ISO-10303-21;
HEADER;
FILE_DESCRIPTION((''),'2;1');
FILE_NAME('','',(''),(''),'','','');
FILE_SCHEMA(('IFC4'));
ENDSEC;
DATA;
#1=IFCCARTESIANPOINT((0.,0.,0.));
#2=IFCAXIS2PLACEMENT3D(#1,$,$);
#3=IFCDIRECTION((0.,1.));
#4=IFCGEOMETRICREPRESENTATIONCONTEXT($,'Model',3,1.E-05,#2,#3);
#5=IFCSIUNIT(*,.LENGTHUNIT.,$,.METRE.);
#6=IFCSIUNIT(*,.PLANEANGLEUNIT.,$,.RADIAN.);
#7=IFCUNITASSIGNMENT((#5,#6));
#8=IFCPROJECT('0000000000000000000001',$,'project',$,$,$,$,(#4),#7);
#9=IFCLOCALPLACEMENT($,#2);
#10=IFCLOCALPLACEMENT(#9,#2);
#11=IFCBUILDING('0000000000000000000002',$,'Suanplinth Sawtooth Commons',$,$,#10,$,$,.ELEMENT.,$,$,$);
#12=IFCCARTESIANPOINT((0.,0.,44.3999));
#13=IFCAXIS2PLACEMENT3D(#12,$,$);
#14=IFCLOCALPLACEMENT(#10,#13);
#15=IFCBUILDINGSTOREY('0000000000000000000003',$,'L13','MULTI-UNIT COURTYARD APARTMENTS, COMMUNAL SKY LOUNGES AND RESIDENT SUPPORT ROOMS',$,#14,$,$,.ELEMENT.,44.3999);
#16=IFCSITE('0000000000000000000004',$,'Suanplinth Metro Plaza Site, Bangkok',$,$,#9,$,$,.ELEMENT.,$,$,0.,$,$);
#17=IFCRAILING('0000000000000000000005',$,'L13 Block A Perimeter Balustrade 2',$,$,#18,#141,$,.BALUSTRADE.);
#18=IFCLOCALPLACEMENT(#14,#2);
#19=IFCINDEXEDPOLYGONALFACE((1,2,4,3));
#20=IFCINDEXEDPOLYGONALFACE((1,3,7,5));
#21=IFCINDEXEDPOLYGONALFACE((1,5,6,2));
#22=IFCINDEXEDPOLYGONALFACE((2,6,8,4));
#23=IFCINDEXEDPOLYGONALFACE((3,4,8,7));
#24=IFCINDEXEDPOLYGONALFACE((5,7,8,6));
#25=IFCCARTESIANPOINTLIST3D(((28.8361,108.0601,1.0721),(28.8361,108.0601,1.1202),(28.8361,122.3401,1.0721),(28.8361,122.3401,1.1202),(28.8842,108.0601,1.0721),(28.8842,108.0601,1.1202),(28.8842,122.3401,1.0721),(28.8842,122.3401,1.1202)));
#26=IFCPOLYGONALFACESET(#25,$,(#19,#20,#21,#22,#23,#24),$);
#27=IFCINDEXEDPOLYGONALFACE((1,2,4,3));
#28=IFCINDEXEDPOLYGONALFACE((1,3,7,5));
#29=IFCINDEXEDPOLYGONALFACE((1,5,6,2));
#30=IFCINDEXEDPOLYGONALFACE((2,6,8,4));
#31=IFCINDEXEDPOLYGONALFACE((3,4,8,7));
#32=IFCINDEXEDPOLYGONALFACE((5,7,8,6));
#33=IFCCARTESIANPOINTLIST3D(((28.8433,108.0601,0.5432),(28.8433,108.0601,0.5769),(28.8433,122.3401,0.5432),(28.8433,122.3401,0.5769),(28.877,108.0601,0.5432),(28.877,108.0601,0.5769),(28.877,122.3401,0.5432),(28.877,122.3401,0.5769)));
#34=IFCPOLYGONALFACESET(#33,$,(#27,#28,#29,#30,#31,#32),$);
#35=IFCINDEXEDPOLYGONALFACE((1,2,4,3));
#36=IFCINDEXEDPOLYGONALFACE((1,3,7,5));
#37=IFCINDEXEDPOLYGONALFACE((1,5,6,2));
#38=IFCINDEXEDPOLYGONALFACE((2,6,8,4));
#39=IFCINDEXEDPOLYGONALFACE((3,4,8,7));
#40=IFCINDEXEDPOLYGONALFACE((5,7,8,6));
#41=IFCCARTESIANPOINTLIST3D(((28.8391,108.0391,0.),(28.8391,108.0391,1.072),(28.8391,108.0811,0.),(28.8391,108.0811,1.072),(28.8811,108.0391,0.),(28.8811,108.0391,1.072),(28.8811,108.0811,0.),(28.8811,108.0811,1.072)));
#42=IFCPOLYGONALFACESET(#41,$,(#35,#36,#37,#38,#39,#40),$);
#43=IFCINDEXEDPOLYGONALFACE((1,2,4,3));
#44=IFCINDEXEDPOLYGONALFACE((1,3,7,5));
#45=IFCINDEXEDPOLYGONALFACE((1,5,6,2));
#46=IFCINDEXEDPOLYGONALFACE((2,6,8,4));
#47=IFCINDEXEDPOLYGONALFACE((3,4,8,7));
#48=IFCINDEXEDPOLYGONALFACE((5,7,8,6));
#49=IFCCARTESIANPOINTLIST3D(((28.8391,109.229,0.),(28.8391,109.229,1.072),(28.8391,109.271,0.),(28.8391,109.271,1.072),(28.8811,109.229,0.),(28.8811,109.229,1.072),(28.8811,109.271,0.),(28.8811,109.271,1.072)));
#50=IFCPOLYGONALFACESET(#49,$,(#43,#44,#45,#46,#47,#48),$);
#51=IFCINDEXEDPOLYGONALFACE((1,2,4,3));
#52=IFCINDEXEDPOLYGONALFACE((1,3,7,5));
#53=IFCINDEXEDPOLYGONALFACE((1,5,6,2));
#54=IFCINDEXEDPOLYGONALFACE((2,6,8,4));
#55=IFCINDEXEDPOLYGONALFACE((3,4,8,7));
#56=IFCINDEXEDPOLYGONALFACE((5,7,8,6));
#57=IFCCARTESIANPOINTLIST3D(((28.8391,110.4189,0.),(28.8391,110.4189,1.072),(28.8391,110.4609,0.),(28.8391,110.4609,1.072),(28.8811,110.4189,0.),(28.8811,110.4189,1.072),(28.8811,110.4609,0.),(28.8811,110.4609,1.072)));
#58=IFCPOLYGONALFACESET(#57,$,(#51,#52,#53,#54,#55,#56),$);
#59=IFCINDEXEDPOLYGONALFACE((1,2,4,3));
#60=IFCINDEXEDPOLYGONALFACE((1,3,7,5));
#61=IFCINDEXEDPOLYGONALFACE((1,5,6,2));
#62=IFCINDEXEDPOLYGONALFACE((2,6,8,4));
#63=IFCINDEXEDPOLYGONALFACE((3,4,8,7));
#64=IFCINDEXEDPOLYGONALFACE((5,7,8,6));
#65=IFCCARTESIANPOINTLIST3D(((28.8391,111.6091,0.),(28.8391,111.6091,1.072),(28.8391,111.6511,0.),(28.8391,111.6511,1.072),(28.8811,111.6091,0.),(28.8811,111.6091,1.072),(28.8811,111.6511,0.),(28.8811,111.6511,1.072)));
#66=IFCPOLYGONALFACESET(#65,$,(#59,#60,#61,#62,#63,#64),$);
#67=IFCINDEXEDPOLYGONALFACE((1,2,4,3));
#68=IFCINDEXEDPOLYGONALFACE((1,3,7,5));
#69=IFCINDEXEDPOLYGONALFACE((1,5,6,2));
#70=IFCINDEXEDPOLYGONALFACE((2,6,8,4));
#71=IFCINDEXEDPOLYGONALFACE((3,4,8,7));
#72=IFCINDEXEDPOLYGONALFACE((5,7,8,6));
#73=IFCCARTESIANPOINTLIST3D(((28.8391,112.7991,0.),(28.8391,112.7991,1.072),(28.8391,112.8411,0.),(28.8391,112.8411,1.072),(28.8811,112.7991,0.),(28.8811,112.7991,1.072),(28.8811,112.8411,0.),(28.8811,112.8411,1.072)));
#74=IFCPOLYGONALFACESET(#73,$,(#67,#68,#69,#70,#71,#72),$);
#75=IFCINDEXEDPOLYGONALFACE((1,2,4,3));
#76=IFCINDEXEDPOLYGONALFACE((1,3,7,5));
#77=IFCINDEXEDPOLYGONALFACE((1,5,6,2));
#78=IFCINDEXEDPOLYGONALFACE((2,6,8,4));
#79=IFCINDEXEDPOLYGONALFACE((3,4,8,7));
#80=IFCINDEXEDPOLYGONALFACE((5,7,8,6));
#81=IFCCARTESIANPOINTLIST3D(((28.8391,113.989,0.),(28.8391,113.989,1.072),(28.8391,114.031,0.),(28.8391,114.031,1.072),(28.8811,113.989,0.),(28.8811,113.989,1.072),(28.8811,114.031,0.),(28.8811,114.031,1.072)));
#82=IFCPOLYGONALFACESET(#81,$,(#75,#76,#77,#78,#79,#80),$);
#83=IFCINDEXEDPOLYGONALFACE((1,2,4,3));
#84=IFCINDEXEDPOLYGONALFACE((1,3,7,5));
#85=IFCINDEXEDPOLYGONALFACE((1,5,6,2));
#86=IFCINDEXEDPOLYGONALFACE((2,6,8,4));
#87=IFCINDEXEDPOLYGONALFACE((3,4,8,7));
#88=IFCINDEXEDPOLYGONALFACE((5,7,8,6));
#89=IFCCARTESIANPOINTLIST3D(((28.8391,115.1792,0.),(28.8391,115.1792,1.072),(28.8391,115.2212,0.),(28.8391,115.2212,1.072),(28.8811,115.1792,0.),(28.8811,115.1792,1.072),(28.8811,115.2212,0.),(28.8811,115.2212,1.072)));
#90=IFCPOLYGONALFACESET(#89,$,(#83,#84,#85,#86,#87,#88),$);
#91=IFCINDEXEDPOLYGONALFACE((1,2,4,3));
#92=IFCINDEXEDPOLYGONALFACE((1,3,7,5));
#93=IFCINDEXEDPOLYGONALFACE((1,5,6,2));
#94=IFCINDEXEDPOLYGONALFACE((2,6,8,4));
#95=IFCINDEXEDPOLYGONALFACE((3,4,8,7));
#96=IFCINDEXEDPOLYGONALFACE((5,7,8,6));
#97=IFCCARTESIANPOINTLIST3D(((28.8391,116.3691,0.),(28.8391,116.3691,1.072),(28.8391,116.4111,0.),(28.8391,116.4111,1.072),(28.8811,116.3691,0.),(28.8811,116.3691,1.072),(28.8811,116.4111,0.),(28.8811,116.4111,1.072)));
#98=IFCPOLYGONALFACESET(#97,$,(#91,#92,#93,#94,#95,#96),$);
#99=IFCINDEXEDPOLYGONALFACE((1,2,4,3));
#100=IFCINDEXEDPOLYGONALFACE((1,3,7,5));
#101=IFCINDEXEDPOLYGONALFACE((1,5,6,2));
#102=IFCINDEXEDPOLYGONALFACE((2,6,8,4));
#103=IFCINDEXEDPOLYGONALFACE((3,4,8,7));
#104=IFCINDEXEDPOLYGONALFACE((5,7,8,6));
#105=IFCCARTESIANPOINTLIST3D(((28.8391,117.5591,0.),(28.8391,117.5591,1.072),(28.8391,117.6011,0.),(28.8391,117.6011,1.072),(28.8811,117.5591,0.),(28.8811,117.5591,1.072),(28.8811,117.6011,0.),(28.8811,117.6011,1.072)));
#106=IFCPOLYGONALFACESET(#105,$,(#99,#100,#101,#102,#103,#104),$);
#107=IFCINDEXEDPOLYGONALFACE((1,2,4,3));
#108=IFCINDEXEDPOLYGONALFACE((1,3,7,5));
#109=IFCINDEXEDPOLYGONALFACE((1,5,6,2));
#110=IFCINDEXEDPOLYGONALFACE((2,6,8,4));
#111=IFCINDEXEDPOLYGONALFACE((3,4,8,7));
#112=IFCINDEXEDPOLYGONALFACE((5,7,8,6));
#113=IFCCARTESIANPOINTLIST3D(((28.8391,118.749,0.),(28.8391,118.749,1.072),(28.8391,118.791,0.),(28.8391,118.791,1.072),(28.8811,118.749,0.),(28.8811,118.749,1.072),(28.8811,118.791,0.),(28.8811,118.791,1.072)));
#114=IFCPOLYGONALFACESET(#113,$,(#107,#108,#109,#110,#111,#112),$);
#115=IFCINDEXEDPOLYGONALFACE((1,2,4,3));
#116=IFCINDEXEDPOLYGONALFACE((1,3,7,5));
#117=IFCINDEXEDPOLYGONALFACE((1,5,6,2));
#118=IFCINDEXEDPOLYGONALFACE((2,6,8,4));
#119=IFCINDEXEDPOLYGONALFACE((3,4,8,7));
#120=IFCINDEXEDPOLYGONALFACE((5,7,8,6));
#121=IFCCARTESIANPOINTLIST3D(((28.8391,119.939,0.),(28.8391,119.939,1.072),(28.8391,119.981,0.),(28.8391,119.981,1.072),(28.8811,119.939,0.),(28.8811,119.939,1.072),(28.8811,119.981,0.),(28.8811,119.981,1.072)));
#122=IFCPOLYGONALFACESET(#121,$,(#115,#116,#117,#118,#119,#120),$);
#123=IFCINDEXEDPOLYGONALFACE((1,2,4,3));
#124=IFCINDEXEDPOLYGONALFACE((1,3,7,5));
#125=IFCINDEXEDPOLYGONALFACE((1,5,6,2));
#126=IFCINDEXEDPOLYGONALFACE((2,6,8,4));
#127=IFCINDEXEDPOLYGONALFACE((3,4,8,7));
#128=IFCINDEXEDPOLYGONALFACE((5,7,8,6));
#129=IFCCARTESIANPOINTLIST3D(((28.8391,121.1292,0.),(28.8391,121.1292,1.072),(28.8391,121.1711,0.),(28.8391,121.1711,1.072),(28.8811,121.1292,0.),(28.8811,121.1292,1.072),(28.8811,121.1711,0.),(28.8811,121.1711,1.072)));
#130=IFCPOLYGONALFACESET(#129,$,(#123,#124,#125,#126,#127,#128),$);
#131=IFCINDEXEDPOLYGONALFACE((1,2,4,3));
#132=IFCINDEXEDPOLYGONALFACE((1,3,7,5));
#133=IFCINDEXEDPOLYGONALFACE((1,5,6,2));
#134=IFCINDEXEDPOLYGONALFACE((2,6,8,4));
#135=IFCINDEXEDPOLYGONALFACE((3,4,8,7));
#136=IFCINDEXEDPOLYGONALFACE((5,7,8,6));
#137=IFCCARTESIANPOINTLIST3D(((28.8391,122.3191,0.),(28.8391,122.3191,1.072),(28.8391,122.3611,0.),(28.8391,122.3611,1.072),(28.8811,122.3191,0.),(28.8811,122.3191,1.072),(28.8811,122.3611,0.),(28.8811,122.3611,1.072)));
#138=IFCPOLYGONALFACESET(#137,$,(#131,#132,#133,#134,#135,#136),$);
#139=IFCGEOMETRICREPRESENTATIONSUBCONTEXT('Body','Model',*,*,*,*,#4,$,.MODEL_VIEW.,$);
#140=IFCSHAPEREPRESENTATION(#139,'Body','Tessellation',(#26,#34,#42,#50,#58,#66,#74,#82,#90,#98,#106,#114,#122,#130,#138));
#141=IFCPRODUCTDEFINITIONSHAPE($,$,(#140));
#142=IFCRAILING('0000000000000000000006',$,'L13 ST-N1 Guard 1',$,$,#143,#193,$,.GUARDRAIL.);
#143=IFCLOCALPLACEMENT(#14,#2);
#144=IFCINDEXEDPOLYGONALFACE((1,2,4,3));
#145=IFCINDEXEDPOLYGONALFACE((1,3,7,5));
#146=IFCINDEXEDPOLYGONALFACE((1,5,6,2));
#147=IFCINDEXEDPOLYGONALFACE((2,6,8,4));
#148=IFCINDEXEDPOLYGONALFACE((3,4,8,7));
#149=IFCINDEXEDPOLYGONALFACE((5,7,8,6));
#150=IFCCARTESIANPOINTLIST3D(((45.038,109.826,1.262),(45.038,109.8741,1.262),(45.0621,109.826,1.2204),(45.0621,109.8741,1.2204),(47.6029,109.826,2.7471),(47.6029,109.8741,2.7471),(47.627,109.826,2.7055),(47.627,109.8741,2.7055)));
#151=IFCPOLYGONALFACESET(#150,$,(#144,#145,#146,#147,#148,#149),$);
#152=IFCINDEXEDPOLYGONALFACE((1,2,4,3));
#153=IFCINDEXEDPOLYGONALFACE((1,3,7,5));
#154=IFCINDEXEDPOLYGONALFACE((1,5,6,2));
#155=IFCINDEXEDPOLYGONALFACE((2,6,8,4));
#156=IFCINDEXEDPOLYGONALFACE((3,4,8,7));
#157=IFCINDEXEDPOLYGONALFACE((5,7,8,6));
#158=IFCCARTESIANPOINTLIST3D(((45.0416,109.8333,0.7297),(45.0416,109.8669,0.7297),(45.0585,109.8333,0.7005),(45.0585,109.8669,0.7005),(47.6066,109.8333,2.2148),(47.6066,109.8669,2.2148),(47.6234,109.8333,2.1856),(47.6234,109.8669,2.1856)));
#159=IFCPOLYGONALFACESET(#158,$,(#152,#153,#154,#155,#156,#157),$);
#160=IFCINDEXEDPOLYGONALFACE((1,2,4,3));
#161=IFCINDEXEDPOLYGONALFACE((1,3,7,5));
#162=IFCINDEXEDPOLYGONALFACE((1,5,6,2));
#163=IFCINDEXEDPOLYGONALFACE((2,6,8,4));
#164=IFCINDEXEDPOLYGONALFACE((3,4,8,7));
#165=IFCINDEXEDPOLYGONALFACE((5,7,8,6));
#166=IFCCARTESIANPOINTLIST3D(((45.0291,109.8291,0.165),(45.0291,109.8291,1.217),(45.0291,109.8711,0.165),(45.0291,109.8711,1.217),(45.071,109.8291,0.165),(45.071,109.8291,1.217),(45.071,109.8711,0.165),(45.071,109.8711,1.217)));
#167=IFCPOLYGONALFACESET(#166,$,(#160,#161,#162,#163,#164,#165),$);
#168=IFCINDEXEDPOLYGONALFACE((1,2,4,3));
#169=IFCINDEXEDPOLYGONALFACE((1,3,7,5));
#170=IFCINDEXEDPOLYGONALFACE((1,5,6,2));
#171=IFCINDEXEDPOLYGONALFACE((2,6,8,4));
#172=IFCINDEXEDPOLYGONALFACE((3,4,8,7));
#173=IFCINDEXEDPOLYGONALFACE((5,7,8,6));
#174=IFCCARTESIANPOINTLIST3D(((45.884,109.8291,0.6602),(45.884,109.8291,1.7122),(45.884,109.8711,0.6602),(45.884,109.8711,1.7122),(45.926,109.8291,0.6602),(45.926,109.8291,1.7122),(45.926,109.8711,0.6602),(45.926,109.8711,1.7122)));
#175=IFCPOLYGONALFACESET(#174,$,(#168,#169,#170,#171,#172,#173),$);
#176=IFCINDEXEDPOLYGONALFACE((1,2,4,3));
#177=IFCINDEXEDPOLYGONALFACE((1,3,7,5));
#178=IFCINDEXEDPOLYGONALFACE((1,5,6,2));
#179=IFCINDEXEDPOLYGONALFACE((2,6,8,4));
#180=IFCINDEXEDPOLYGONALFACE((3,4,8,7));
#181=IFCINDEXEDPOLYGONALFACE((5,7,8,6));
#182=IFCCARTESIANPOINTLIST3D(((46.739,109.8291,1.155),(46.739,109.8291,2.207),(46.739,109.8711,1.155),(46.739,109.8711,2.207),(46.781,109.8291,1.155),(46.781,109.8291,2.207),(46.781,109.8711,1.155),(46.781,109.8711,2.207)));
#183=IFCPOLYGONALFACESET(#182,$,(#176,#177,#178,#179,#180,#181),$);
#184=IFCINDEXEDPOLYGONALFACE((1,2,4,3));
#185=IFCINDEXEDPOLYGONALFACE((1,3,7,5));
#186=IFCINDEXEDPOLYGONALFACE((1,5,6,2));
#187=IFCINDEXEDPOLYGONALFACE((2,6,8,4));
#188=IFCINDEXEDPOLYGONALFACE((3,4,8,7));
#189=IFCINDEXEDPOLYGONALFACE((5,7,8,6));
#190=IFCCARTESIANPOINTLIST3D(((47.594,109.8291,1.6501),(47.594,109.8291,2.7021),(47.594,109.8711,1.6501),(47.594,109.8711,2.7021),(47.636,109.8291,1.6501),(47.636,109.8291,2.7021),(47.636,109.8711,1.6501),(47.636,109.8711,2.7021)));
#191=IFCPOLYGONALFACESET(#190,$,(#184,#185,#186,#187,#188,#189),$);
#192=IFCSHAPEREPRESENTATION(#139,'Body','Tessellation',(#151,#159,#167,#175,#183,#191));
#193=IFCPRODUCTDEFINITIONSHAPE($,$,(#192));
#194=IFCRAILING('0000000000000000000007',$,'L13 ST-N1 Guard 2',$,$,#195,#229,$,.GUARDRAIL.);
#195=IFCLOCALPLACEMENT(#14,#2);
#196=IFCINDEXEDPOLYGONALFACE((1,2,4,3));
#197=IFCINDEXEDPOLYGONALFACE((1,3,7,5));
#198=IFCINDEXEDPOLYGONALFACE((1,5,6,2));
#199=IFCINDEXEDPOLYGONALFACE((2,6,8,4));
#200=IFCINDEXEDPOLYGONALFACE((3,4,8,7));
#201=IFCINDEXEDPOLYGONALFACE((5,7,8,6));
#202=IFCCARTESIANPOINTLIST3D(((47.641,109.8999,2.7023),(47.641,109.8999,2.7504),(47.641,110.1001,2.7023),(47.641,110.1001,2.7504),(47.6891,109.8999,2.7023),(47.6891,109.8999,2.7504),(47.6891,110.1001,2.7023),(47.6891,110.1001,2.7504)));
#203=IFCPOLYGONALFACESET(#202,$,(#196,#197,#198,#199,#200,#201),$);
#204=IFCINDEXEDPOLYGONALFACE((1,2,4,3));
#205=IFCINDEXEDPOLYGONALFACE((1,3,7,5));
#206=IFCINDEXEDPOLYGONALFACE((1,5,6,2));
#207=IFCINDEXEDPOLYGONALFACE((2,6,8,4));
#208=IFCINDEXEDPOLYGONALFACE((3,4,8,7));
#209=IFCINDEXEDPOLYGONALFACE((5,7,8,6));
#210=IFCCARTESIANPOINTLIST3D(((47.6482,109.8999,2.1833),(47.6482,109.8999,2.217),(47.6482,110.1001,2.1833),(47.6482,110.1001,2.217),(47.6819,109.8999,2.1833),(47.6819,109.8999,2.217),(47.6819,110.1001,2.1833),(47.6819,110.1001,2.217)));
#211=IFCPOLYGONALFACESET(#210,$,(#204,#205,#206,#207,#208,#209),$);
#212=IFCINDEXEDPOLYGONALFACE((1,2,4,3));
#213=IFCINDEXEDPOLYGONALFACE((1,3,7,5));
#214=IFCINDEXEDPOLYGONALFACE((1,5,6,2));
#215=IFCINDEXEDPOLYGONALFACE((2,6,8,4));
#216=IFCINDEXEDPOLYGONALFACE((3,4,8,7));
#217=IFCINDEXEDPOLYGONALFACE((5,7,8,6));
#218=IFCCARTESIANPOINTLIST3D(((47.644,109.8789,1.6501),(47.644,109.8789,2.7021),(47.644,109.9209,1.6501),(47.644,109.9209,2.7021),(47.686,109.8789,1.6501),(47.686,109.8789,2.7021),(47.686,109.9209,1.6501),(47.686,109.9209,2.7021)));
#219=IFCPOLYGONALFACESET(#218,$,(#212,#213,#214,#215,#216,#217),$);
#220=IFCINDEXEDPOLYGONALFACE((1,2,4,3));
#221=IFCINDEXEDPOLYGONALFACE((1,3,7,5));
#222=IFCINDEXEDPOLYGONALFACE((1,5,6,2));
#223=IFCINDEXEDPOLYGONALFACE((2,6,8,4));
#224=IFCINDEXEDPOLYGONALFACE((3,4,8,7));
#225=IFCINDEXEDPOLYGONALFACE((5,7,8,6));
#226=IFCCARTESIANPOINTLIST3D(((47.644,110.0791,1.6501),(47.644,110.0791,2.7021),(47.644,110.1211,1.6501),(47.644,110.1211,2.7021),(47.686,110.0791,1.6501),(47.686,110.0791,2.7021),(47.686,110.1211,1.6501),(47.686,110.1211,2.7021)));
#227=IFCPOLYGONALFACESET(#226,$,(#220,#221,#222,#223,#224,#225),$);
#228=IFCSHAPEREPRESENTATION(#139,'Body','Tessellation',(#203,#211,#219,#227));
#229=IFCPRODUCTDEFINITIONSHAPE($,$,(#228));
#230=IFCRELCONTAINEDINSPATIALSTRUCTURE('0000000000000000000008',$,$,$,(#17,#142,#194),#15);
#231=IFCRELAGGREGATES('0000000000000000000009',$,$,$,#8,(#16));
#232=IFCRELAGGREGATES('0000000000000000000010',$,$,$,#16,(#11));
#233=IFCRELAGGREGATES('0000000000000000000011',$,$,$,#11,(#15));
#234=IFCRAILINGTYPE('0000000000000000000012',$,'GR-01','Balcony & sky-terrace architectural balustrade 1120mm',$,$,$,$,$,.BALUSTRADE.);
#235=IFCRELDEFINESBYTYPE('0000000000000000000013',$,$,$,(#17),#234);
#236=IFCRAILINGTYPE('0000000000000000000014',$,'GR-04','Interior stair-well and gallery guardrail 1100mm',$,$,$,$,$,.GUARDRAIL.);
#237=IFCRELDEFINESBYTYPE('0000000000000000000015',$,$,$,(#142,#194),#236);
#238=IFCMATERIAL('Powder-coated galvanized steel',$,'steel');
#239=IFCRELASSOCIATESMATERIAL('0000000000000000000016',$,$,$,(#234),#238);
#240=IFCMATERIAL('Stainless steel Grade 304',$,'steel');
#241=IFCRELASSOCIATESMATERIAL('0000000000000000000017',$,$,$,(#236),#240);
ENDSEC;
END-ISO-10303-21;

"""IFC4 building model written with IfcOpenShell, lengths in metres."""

from ifc_helpers import new_model, si_unit, direction, frame, origin, origin_2d, place, context, subcontext, project, spatial, rectangle, extrude, material, type_object, element, save


model = new_model("IFC4")

# Units and contexts
model_context = context("Model", 3, precision=1e-05, world=origin(), true_north=direction((0.0, 1.0)))
body_context = subcontext(model_context, "Body", "Model", "MODEL_VIEW")
ifc_project = project(units=[si_unit("LENGTHUNIT", "METRE"), si_unit("PLANEANGLEUNIT", "RADIAN")], contexts=[model_context])

# Site, building, storey
site_placement = place(None, origin())
site = spatial("IfcSite", under=ifc_project, at=site_placement, Name="Suanplinth Metro Plaza Site, Bangkok", CompositionType="ELEMENT", RefElevation=0.0)
building_placement = place(site_placement, origin())
building = spatial("IfcBuilding", under=site, at=building_placement, Name="Suanplinth Sawtooth Commons", CompositionType="ELEMENT")
storey_placement = place(building_placement, frame((0.0, 0.0, 44.3999)))
storey = spatial("IfcBuildingStorey", under=building, at=storey_placement, Name="L13", Description="MULTI-UNIT COURTYARD APARTMENTS, COMMUNAL SKY LOUNGES AND RESIDENT SUPPORT ROOMS", CompositionType="ELEMENT", Elevation=44.3999)

# Railings
ifc_material_1 = material(Name="Powder-coated galvanized steel", Category="steel")
railing_type_1 = type_object("IfcRailingType", Name="GR-01", Description="Balcony & sky-terrace architectural balustrade 1120mm", PredefinedType="BALUSTRADE", material=ifc_material_1)
railing_1_placement = place(storey_placement, frame((28.8601, 108.0601, 0.0)))
element("IfcRailing", 1, at=railing_1_placement, inside=storey, type_object=railing_type_1, Name="L13 Block A Perimeter Balustrade 2", PredefinedType="BALUSTRADE", context=body_context, shape_type="SweptSolid", body=[
    extrude(rectangle(XDim=0.0481, YDim=0.0481, at=origin_2d()), frame((0.0, 0.0, 1.0962), z_axis=(0.0, 1.0, 0.0), x_axis=(-1.0, 0.0, 0.0)), (0.0, 0.0, 1.0), 14.28),
    extrude(rectangle(XDim=0.0337, YDim=0.0337, at=origin_2d()), frame((0.0, 0.0, 0.5601), z_axis=(0.0, 1.0, 0.0), x_axis=(-1.0, 0.0, 0.0)), (0.0, 0.0, 1.0), 14.28),
    extrude(rectangle(XDim=0.042, YDim=0.042, at=origin_2d()), origin(), (0.0, 0.0, 1.0), 1.072),
    extrude(rectangle(XDim=0.042, YDim=0.042, at=origin_2d()), frame((0.0, 1.1899, 0.0)), (0.0, 0.0, 1.0), 1.072),
    extrude(rectangle(XDim=0.042, YDim=0.042, at=origin_2d()), frame((0.0, 2.3799, 0.0)), (0.0, 0.0, 1.0), 1.072),
    extrude(rectangle(XDim=0.042, YDim=0.042, at=origin_2d()), frame((0.0, 3.5701, 0.0)), (0.0, 0.0, 1.0), 1.072),
    extrude(rectangle(XDim=0.042, YDim=0.042, at=origin_2d()), frame((0.0, 4.76, 0.0)), (0.0, 0.0, 1.0), 1.072),
    extrude(rectangle(XDim=0.042, YDim=0.042, at=origin_2d()), frame((0.0, 5.95, 0.0)), (0.0, 0.0, 1.0), 1.072),
    extrude(rectangle(XDim=0.042, YDim=0.042, at=origin_2d()), frame((0.0, 7.1401, 0.0)), (0.0, 0.0, 1.0), 1.072),
    extrude(rectangle(XDim=0.042, YDim=0.042, at=origin_2d()), frame((0.0, 8.3301, 0.0)), (0.0, 0.0, 1.0), 1.072),
    extrude(rectangle(XDim=0.042, YDim=0.042, at=origin_2d()), frame((0.0, 9.52, 0.0)), (0.0, 0.0, 1.0), 1.072),
    extrude(rectangle(XDim=0.042, YDim=0.042, at=origin_2d()), frame((0.0, 10.71, 0.0)), (0.0, 0.0, 1.0), 1.072),
    extrude(rectangle(XDim=0.042, YDim=0.042, at=origin_2d()), frame((0.0, 11.8999, 0.0)), (0.0, 0.0, 1.0), 1.072),
    extrude(rectangle(XDim=0.042, YDim=0.042, at=origin_2d()), frame((0.0, 13.0901, 0.0)), (0.0, 0.0, 1.0), 1.072),
    extrude(rectangle(XDim=0.042, YDim=0.042, at=origin_2d()), frame((0.0, 14.28, 0.0)), (0.0, 0.0, 1.0), 1.072),
])
ifc_material_2 = material(Name="Stainless steel Grade 304", Category="steel")
railing_type_2 = type_object("IfcRailingType", Name="GR-04", Description="Interior stair-well and gallery guardrail 1100mm", PredefinedType="GUARDRAIL", material=ifc_material_2)
railing_2_placement = place(storey_placement, frame((45.05, 109.8501, 0.165)))
element("IfcRailing", 2, at=railing_2_placement, inside=storey, type_object=railing_type_2, Name="L13 ST-N1 Guard 1", PredefinedType="GUARDRAIL", context=body_context, shape_type="SweptSolid", body=[
    extrude(rectangle(XDim=0.0481, YDim=0.0481, at=origin_2d()), frame((0.0, 0.0, 1.0762), z_axis=(0.865406, 0.0, 0.501072), x_axis=(0.0, 1.0, 0.0)), (0.0, 0.0, 1.0), 2.9639),
    extrude(rectangle(XDim=0.0337, YDim=0.0337, at=origin_2d()), frame((0.0, 0.0, 0.55), z_axis=(0.865406, 0.0, 0.501072), x_axis=(0.0, 1.0, 0.0)), (0.0, 0.0, 1.0), 2.9639),
    extrude(rectangle(XDim=0.042, YDim=0.042, at=origin_2d()), origin(), (0.0, 0.0, 1.0), 1.052),
    extrude(rectangle(XDim=0.042, YDim=0.042, at=origin_2d()), frame((0.855, 0.0, 0.4951)), (0.0, 0.0, 1.0), 1.052),
    extrude(rectangle(XDim=0.042, YDim=0.042, at=origin_2d()), frame((1.71, 0.0, 0.99)), (0.0, 0.0, 1.0), 1.052),
    extrude(rectangle(XDim=0.042, YDim=0.042, at=origin_2d()), frame((2.5649, 0.0, 1.4851)), (0.0, 0.0, 1.0), 1.052),
])
railing_3_placement = place(storey_placement, frame((47.665, 109.8999, 1.6501)))
element("IfcRailing", 3, at=railing_3_placement, inside=storey, type_object=railing_type_2, Name="L13 ST-N1 Guard 2", PredefinedType="GUARDRAIL", context=body_context, shape_type="SweptSolid", body=[
    extrude(rectangle(XDim=0.0481, YDim=0.0481, at=origin_2d()), frame((0.0, 0.0, 1.0762), z_axis=(0.0, 1.0, 0.0), x_axis=(-1.0, 0.0, 0.0)), (0.0, 0.0, 1.0), 0.2002),
    extrude(rectangle(XDim=0.0337, YDim=0.0337, at=origin_2d()), frame((0.0, 0.0, 0.55), z_axis=(0.0, 1.0, 0.0), x_axis=(-1.0, 0.0, 0.0)), (0.0, 0.0, 1.0), 0.2002),
    extrude(rectangle(XDim=0.042, YDim=0.042, at=origin_2d()), origin(), (0.0, 0.0, 1.0), 1.052),
    extrude(rectangle(XDim=0.042, YDim=0.042, at=origin_2d()), frame((0.0, 0.2002, 0.0)), (0.0, 0.0, 1.0), 1.052),
])

save(model, "model.ifc")
